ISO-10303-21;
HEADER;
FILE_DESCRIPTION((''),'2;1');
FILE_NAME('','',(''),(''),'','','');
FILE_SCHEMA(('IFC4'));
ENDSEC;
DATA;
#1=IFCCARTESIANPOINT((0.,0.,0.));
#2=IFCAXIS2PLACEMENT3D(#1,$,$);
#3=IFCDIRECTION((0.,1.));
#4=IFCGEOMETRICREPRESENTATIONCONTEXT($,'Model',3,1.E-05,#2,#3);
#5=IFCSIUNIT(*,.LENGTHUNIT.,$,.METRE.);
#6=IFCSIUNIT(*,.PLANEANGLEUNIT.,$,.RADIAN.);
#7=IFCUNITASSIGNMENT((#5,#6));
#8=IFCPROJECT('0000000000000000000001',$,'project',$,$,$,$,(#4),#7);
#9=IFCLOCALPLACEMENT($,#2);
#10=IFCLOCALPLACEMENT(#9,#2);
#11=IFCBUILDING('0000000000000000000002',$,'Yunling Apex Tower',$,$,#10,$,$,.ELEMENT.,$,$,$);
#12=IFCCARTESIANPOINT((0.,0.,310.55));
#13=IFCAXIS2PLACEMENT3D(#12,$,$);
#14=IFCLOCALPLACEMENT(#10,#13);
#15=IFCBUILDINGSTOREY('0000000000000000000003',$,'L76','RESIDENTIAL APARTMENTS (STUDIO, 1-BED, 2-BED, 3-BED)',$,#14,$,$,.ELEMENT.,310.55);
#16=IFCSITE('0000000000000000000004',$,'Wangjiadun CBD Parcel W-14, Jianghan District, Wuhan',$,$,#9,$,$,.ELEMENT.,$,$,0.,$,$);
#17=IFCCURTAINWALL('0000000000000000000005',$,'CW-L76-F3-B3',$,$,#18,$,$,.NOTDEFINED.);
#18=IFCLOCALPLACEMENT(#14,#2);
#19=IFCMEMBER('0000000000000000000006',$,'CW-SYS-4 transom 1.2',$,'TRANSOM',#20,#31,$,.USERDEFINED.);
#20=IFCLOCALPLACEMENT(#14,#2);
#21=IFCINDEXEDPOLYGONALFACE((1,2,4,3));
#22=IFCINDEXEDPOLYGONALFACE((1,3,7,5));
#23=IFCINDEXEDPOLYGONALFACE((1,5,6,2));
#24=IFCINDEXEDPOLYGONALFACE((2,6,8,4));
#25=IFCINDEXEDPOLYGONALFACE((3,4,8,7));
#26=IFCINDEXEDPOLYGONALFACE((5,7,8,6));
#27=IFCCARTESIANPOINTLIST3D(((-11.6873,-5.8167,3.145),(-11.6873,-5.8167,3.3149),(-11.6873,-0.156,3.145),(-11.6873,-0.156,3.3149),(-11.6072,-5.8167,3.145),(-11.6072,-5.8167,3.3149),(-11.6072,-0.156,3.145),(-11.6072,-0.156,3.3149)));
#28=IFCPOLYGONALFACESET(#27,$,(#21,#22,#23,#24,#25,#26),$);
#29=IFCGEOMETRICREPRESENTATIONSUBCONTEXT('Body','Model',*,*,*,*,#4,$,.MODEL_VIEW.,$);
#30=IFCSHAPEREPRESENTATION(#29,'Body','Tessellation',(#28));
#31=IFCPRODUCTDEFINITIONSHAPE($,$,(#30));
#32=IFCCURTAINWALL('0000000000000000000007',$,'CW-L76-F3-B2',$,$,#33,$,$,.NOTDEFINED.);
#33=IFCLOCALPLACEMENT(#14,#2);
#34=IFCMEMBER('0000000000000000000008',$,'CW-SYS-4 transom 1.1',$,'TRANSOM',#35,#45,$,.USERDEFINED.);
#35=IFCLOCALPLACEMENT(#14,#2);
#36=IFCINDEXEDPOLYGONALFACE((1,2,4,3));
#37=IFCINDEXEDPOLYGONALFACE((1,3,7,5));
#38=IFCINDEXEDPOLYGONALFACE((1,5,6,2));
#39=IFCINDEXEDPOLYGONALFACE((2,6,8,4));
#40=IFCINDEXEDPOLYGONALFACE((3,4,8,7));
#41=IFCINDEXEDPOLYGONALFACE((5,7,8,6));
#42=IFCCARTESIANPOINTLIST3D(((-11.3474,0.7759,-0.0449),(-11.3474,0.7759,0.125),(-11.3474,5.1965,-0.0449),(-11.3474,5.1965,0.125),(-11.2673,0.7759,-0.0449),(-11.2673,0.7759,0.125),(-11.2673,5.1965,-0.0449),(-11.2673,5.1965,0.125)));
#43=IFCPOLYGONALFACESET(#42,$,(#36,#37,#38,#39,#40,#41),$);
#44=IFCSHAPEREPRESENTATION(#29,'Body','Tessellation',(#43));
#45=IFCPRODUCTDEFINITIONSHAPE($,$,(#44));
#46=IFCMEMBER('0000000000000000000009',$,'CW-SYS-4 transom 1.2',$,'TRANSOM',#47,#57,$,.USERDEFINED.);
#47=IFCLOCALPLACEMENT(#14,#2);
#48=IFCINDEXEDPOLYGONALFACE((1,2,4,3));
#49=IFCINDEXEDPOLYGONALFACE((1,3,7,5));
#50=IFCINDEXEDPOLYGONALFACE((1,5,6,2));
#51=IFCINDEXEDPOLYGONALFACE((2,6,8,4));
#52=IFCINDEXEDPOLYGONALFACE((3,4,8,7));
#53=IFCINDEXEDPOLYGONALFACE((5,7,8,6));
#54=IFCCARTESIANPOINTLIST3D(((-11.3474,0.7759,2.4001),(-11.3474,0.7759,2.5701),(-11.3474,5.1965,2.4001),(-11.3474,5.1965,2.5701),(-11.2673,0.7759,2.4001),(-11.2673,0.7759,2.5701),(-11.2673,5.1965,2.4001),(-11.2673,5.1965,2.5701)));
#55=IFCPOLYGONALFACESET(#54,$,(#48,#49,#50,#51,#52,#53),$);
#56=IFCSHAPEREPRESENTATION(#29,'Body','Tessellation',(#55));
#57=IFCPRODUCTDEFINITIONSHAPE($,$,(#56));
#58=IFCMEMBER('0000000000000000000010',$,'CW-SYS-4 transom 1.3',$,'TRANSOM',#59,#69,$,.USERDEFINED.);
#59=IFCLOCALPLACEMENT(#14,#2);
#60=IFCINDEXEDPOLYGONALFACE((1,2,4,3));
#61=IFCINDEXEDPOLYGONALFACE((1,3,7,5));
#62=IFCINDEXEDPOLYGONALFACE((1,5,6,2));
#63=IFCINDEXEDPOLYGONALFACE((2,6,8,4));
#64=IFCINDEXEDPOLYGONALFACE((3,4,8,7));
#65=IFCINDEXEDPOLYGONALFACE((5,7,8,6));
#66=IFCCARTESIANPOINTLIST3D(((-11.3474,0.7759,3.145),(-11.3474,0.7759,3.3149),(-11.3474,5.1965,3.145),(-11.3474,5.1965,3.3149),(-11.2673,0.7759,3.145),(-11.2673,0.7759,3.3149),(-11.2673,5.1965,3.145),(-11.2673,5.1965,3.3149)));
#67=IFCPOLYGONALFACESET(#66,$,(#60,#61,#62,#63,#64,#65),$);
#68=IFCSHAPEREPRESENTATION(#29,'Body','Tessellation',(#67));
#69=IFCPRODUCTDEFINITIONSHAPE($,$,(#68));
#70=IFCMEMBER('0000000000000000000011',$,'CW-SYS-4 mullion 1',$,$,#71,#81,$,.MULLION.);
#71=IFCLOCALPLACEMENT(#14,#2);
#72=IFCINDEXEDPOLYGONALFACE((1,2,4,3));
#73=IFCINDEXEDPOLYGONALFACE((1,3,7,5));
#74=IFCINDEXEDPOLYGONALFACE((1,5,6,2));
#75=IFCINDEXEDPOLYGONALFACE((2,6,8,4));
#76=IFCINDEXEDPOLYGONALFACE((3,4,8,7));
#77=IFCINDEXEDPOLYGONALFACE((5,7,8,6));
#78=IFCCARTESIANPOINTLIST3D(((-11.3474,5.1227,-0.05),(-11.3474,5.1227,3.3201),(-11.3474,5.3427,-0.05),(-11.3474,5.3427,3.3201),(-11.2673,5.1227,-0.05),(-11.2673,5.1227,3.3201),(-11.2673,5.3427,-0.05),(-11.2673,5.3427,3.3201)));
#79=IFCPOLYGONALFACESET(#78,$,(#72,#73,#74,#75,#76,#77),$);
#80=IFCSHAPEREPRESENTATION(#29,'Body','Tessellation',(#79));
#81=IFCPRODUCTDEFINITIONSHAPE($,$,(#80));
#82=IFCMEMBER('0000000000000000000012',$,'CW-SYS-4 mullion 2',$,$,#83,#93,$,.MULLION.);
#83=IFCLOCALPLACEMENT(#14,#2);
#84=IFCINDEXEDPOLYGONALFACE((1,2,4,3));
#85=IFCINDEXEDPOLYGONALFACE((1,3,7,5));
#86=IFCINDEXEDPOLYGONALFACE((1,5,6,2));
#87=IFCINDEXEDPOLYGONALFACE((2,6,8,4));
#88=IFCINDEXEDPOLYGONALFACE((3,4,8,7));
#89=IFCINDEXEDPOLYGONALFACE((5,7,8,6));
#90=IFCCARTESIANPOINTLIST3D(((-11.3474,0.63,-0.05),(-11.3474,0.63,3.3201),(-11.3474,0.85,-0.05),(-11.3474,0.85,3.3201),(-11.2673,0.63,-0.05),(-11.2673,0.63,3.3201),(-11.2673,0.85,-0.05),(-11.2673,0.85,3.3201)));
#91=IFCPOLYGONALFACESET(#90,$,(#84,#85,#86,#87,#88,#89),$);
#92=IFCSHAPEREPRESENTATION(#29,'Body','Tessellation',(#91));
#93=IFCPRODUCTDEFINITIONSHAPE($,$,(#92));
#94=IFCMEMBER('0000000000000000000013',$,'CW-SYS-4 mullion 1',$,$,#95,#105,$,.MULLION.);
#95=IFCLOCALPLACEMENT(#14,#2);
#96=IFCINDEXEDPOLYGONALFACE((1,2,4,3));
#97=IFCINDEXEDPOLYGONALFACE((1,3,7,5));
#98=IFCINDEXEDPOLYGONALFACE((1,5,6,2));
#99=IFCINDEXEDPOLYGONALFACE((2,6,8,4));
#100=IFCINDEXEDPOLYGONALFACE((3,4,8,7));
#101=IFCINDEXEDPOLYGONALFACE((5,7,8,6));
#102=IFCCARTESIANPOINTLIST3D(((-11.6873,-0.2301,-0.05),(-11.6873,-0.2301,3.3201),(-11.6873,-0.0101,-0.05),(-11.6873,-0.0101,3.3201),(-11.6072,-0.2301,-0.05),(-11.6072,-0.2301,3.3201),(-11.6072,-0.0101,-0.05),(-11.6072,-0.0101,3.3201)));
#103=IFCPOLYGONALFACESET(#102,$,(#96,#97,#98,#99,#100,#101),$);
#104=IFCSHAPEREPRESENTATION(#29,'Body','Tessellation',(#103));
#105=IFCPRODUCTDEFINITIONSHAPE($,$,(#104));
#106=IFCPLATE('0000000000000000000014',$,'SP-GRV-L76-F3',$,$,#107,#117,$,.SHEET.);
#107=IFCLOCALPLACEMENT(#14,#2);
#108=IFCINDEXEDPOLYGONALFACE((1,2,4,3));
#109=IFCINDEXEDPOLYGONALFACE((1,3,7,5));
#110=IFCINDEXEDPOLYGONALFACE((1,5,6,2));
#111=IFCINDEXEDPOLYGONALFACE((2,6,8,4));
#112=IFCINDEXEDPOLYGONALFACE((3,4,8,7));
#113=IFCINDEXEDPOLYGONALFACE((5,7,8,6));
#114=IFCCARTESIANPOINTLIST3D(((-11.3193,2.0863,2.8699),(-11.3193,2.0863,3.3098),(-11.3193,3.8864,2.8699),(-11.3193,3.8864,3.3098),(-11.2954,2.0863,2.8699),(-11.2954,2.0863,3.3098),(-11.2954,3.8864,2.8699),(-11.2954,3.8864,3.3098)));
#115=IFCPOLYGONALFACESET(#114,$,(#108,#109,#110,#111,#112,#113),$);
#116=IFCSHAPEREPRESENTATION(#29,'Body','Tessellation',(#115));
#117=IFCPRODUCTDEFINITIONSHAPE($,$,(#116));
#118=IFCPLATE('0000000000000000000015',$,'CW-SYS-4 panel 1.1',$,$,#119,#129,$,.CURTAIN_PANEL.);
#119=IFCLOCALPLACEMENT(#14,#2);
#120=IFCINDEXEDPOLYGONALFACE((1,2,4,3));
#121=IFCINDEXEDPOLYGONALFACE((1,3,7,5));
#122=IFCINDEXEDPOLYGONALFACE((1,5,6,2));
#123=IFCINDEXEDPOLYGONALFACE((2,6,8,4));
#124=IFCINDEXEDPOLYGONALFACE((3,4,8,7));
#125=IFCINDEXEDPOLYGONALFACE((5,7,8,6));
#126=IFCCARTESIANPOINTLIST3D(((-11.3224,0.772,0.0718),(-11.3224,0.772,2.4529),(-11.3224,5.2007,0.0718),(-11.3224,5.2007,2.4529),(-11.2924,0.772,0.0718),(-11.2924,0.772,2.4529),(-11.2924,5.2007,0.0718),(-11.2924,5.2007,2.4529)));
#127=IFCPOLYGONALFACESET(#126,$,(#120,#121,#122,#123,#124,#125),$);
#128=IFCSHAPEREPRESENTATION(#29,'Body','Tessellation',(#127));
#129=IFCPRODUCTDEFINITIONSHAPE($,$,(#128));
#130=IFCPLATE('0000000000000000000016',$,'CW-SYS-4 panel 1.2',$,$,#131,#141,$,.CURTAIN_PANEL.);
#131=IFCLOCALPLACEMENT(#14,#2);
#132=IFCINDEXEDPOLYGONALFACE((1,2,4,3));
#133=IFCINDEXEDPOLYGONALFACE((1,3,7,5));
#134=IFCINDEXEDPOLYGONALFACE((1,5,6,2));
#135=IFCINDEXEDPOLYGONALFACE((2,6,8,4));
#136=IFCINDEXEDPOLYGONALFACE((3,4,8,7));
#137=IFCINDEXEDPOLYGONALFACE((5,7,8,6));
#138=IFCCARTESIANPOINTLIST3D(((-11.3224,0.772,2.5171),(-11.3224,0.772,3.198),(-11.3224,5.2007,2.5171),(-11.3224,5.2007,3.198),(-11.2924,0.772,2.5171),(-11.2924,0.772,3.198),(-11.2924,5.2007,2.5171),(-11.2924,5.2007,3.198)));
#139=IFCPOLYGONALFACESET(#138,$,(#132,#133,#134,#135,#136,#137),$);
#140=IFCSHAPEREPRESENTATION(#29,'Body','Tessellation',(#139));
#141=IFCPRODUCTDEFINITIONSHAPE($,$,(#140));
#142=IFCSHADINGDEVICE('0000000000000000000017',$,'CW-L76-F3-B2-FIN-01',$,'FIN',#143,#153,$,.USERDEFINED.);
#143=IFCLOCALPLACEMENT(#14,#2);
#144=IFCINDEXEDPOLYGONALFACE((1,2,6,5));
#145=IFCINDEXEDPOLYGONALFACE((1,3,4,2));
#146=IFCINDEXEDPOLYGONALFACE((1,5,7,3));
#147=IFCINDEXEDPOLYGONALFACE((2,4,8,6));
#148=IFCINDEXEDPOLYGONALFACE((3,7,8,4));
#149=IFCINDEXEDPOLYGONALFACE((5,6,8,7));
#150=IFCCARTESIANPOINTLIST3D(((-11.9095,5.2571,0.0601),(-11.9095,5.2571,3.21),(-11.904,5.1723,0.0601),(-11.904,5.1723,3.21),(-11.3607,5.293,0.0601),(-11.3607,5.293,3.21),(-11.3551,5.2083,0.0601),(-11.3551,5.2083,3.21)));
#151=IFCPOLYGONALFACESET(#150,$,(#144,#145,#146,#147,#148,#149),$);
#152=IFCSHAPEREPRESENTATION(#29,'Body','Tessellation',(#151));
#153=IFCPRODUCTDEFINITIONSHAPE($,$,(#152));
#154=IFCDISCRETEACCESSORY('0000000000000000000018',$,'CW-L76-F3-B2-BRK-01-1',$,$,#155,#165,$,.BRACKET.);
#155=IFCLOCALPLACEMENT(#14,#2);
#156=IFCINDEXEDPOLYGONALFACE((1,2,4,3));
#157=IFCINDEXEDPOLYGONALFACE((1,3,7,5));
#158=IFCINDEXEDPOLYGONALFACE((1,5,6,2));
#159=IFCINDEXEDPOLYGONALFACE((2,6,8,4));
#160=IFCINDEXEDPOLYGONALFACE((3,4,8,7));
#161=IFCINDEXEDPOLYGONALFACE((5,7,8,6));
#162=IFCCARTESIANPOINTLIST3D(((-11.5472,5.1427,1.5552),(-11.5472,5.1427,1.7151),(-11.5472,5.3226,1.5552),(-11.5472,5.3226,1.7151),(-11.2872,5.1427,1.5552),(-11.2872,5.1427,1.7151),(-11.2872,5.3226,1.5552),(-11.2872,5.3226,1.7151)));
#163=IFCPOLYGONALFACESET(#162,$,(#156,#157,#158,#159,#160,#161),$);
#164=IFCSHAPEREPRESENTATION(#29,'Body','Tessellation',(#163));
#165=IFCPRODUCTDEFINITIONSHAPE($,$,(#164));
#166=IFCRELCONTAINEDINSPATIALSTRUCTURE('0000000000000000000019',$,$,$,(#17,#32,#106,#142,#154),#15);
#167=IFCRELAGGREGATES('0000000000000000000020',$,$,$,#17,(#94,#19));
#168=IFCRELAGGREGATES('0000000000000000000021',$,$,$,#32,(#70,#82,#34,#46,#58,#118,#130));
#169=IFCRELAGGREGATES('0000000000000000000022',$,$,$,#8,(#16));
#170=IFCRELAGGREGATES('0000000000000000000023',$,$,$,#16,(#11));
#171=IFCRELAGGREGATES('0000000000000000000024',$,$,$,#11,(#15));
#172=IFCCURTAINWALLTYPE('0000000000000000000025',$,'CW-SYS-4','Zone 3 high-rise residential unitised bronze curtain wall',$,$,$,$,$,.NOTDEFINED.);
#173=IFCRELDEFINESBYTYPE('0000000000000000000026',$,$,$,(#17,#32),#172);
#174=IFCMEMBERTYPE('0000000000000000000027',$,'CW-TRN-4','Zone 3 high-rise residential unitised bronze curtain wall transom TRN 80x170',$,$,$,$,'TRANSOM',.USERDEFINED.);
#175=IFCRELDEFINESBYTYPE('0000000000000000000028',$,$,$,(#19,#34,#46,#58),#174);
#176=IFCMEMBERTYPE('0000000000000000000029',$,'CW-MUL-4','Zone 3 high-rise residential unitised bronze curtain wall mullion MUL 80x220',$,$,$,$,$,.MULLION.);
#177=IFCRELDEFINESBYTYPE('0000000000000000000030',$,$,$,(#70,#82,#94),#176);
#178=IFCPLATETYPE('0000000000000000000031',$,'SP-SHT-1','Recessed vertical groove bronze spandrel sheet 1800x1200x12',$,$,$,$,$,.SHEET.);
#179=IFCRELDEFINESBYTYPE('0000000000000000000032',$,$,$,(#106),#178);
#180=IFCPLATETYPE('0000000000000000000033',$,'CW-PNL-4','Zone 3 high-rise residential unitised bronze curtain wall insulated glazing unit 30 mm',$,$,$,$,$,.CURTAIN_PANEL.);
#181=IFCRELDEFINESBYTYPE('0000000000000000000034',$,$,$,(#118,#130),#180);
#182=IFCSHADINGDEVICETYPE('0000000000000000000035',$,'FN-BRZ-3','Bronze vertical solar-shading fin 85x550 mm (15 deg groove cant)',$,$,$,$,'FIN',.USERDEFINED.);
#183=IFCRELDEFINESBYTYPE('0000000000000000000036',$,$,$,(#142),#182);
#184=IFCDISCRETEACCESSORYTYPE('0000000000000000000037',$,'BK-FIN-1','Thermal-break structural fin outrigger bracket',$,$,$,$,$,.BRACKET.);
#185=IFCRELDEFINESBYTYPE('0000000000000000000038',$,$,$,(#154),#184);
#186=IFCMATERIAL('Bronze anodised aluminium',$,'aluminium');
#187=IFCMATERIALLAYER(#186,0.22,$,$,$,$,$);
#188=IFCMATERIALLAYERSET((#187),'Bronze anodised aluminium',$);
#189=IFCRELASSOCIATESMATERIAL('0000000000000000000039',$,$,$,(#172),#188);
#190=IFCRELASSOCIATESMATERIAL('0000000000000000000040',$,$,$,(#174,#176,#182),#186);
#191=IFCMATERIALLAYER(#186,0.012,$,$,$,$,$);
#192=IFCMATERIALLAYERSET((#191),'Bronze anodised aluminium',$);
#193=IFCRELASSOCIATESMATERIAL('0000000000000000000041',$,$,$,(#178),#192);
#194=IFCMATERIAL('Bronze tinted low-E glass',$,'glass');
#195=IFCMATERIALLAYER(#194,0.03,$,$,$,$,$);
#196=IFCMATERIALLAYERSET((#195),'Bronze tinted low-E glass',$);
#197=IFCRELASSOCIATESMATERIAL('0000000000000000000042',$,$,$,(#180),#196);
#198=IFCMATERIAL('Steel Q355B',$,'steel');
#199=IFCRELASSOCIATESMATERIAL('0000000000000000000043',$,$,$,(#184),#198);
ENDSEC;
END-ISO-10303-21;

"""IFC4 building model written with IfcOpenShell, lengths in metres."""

from ifc_helpers import new_model, si_unit, direction, frame, origin, origin_2d, place, context, subcontext, project, spatial, rectangle, extrude, source, transform, mapped, material, layer, layer_set, material_profile, profile_set, type_object, element, aggregate, save


model = new_model("IFC4")

# Units and contexts
model_context = context("Model", 3, precision=1e-05, world=origin(), true_north=direction((0.0, 1.0)))
body_context = subcontext(model_context, "Body", "Model", "MODEL_VIEW")
ifc_project = project(units=[si_unit("LENGTHUNIT", "METRE"), si_unit("PLANEANGLEUNIT", "RADIAN")], contexts=[model_context])

# Site, building, storey
site_placement = place(None, origin())
site = spatial("IfcSite", under=ifc_project, at=site_placement, Name="Wangjiadun CBD Parcel W-14, Jianghan District, Wuhan", CompositionType="ELEMENT", RefElevation=0.0)
building_placement = place(site_placement, origin())
building = spatial("IfcBuilding", under=site, at=building_placement, Name="Yunling Apex Tower", CompositionType="ELEMENT")
storey_placement = place(building_placement, frame((0.0, 0.0, 310.55)))
storey = spatial("IfcBuildingStorey", under=building, at=storey_placement, Name="L76", Description="RESIDENTIAL APARTMENTS (STUDIO, 1-BED, 2-BED, 3-BED)", CompositionType="ELEMENT", Elevation=310.55)

# Shared definitions
ifc_material_1 = material(Name="Steel Q355B", Category="steel")

# Curtain walls, members
ifc_material_2 = material(Name="Bronze anodised aluminium", Category="aluminium")
ifc_layer_1 = layer(ifc_material_2, 0.22)
ifc_layer_set_1 = layer_set([ifc_layer_1], Name="Bronze anodised aluminium")
curtain_wall_type = type_object("IfcCurtainWallType", Name="CW-SYS-4", Description="Zone 3 high-rise residential unitised bronze curtain wall", PredefinedType="NOTDEFINED", material=ifc_layer_set_1)
curtain_wall_1_placement = place(storey_placement, origin())
curtain_wall_1 = element("IfcCurtainWall", 1, at=curtain_wall_1_placement, inside=storey, type_object=curtain_wall_type, Name="CW-L76-F3-B3", PredefinedType="NOTDEFINED")
ifc_material_profile_1 = material_profile(ifc_material_2, rectangle(XDim=0.0801, YDim=0.1699, at=origin_2d()))
ifc_profile_set_1 = profile_set([ifc_material_profile_1], Name="Bronze anodised aluminium")
member_type_1 = type_object("IfcMemberType", Name="CW-TRN-4", Description="Zone 3 high-rise residential unitised bronze curtain wall transom TRN 80x170", ElementType="TRANSOM", PredefinedType="USERDEFINED", material=ifc_profile_set_1)
shared_shape_1 = source(origin(), body_context, "Body", "SweptSolid", [
    extrude(rectangle(XDim=0.0801, YDim=0.1699, at=origin_2d()), origin(), (0.0, 0.0, 1.0), 5.6606),
])
member_1_placement = place(storey_placement, frame((-11.6472, -0.156, 3.23), z_axis=(0.0, -1.0, 0.0), x_axis=(1.0, 0.0, 0.0)))
member_1 = element("IfcMember", 2, at=member_1_placement, type_object=member_type_1, Name="CW-SYS-4 transom 1.2", ObjectType="TRANSOM", PredefinedType="USERDEFINED", context=body_context, shape_type="MappedRepresentation", body=[
    mapped(shared_shape_1, transform((0.0, 0.0, 0.0), scale=1.0)),
])
curtain_wall_2_placement = place(storey_placement, origin())
curtain_wall_2 = element("IfcCurtainWall", 3, at=curtain_wall_2_placement, inside=storey, type_object=curtain_wall_type, Name="CW-L76-F3-B2", PredefinedType="NOTDEFINED")
shared_shape_2 = source(origin(), body_context, "Body", "SweptSolid", [
    extrude(rectangle(XDim=0.0801, YDim=0.1699, at=origin_2d()), origin(), (0.0, 0.0, 1.0), 4.4207),
])
member_2_placement = place(storey_placement, frame((-11.3074, 5.1965, 0.04), z_axis=(0.0, -1.0, 0.0), x_axis=(1.0, 0.0, 0.0)))
member_2 = element("IfcMember", 4, at=member_2_placement, type_object=member_type_1, Name="CW-SYS-4 transom 1.1", ObjectType="TRANSOM", PredefinedType="USERDEFINED", context=body_context, shape_type="MappedRepresentation", body=[
    mapped(shared_shape_2, transform((0.0, 0.0, 0.0), scale=1.0)),
])
member_3_placement = place(storey_placement, frame((-11.3074, 5.1965, 2.4851), z_axis=(0.0, -1.0, 0.0), x_axis=(1.0, 0.0, 0.0)))
member_3 = element("IfcMember", 5, at=member_3_placement, type_object=member_type_1, Name="CW-SYS-4 transom 1.2", ObjectType="TRANSOM", PredefinedType="USERDEFINED", context=body_context, shape_type="MappedRepresentation", body=[
    mapped(shared_shape_2, transform((0.0, 0.0, 0.0), scale=1.0)),
])
member_4_placement = place(storey_placement, frame((-11.3074, 5.1965, 3.23), z_axis=(0.0, -1.0, 0.0), x_axis=(1.0, 0.0, 0.0)))
member_4 = element("IfcMember", 6, at=member_4_placement, type_object=member_type_1, Name="CW-SYS-4 transom 1.3", ObjectType="TRANSOM", PredefinedType="USERDEFINED", context=body_context, shape_type="MappedRepresentation", body=[
    mapped(shared_shape_2, transform((0.0, 0.0, 0.0), scale=1.0)),
])
ifc_material_profile_2 = material_profile(ifc_material_2, rectangle(XDim=0.0801, YDim=0.22, at=origin_2d()))
ifc_profile_set_2 = profile_set([ifc_material_profile_2], Name="Bronze anodised aluminium")
member_type_2 = type_object("IfcMemberType", Name="CW-MUL-4", Description="Zone 3 high-rise residential unitised bronze curtain wall mullion MUL 80x220", PredefinedType="MULLION", material=ifc_profile_set_2)
shared_shape_3 = source(origin(), body_context, "Body", "SweptSolid", [
    extrude(rectangle(XDim=0.0801, YDim=0.22, at=origin_2d()), origin(), (0.0, 0.0, 1.0), 3.3701),
])
member_5_placement = place(storey_placement, frame((-11.3074, 5.2327, -0.05), z_axis=(0.0, 0.0, 1.0), x_axis=(1.0, 0.0, 0.0)))
member_5 = element("IfcMember", 7, at=member_5_placement, type_object=member_type_2, Name="CW-SYS-4 mullion 1", PredefinedType="MULLION", context=body_context, shape_type="MappedRepresentation", body=[
    mapped(shared_shape_3, transform((0.0, 0.0, 0.0), scale=1.0)),
])
member_6_placement = place(storey_placement, frame((-11.3074, 0.74, -0.05), z_axis=(0.0, 0.0, 1.0), x_axis=(1.0, 0.0, 0.0)))
member_6 = element("IfcMember", 8, at=member_6_placement, type_object=member_type_2, Name="CW-SYS-4 mullion 2", PredefinedType="MULLION", context=body_context, shape_type="MappedRepresentation", body=[
    mapped(shared_shape_3, transform((0.0, 0.0, 0.0), scale=1.0)),
])

# Member
member_7_placement = place(storey_placement, frame((-11.6472, -0.1201, -0.05), z_axis=(0.0, 0.0, 1.0), x_axis=(1.0, 0.0, 0.0)))
member_7 = element("IfcMember", 9, at=member_7_placement, type_object=member_type_2, Name="CW-SYS-4 mullion 1", PredefinedType="MULLION", context=body_context, shape_type="MappedRepresentation", body=[
    mapped(shared_shape_3, transform((0.0, 0.0, 0.0), scale=1.0)),
])
aggregate(curtain_wall_1, [member_7, member_1])

# Plates
ifc_layer_2 = layer(ifc_material_2, 0.012)
ifc_layer_set_2 = layer_set([ifc_layer_2], Name="Bronze anodised aluminium")
plate_type_1 = type_object("IfcPlateType", Name="SP-SHT-1", Description="Recessed vertical groove bronze spandrel sheet 1800x1200x12", PredefinedType="SHEET", material=ifc_layer_set_2)
shared_shape_4 = source(origin(), body_context, "Body", "SweptSolid", [
    extrude(rectangle(XDim=1.8, YDim=0.0239, at=origin_2d()), origin(), (0.0, 0.0, 1.0), 0.4399),
])
plate_1_placement = place(storey_placement, frame((-11.3074, 2.9863, 2.8699), z_axis=(0.0, 0.0, 1.0), x_axis=(0.0, -1.0, 0.0)))
element("IfcPlate", 10, at=plate_1_placement, inside=storey, type_object=plate_type_1, Name="SP-GRV-L76-F3", PredefinedType="SHEET", context=body_context, shape_type="MappedRepresentation", body=[
    mapped(shared_shape_4, transform((0.0, 0.0, 0.0), scale=1.0)),
])
ifc_material_3 = material(Name="Bronze tinted low-E glass", Category="glass")
ifc_layer_3 = layer(ifc_material_3, 0.03)
ifc_layer_set_3 = layer_set([ifc_layer_3], Name="Bronze tinted low-E glass")
plate_type_2 = type_object("IfcPlateType", Name="CW-PNL-4", Description="Zone 3 high-rise residential unitised bronze curtain wall insulated glazing unit 30 mm", PredefinedType="CURTAIN_PANEL", material=ifc_layer_set_3)
shared_shape_5 = source(origin(), body_context, "Body", "SweptSolid", [
    extrude(rectangle(XDim=4.4287, YDim=0.03, at=origin_2d()), origin(), (0.0, 0.0, 1.0), 2.3811),
])
plate_2_placement = place(storey_placement, frame((-11.3074, 2.9863, 0.0718), z_axis=(0.0, 0.0, 1.0), x_axis=(0.0, -1.0, 0.0)))
plate_2 = element("IfcPlate", 11, at=plate_2_placement, type_object=plate_type_2, Name="CW-SYS-4 panel 1.1", PredefinedType="CURTAIN_PANEL", context=body_context, shape_type="MappedRepresentation", body=[
    mapped(shared_shape_5, transform((0.0, 0.0, 0.0), scale=1.0)),
])
shared_shape_6 = source(origin(), body_context, "Body", "SweptSolid", [
    extrude(rectangle(XDim=4.4287, YDim=0.03, at=origin_2d()), origin(), (0.0, 0.0, 1.0), 0.6809),
])
plate_3_placement = place(storey_placement, frame((-11.3074, 2.9863, 2.5171), z_axis=(0.0, 0.0, 1.0), x_axis=(0.0, -1.0, 0.0)))
plate_3 = element("IfcPlate", 12, at=plate_3_placement, type_object=plate_type_2, Name="CW-SYS-4 panel 1.2", PredefinedType="CURTAIN_PANEL", context=body_context, shape_type="MappedRepresentation", body=[
    mapped(shared_shape_6, transform((0.0, 0.0, 0.0), scale=1.0)),
])
aggregate(curtain_wall_2, [member_5, member_6, member_2, member_3, member_4, plate_2, plate_3])

# Shading device
ifc_material_profile_3 = material_profile(ifc_material_2, rectangle(XDim=0.085, YDim=0.55, at=origin_2d()))
ifc_profile_set_3 = profile_set([ifc_material_profile_3], Name="Bronze anodised aluminium")
shading_device_type = type_object("IfcShadingDeviceType", Name="FN-BRZ-3", Description="Bronze vertical solar-shading fin 85x550 mm (15 deg groove cant)", ElementType="FIN", PredefinedType="USERDEFINED", material=ifc_profile_set_3)
shared_shape_7 = source(origin(), body_context, "Body", "SweptSolid", [
    extrude(rectangle(XDim=0.085, YDim=0.55, at=origin_2d()), origin(), (0.0, 0.0, 1.0), 3.1499),
])
shading_device_placement = place(storey_placement, frame((-11.6323, 5.2327, 0.0601), z_axis=(0.0, 0.0, 1.0), x_axis=(0.065403, -0.997859, 0.0)))
element("IfcShadingDevice", 13, at=shading_device_placement, inside=storey, type_object=shading_device_type, Name="CW-L76-F3-B2-FIN-01", ObjectType="FIN", PredefinedType="USERDEFINED", context=body_context, shape_type="MappedRepresentation", body=[
    mapped(shared_shape_7, transform((0.0, 0.0, 0.0), scale=1.0)),
])

# Discrete accessory
discrete_accessory_type = type_object("IfcDiscreteAccessoryType", Name="BK-FIN-1", Description="Thermal-break structural fin outrigger bracket", PredefinedType="BRACKET", material=ifc_material_1)
shared_shape_8 = source(origin(), body_context, "Body", "SweptSolid", [
    extrude(rectangle(XDim=0.1799, YDim=0.26, at=origin_2d()), origin(), (0.0, 0.0, 1.0), 0.1599),
])
discrete_accessory_placement = place(storey_placement, frame((-11.4172, 5.2327, 1.5552), z_axis=(0.0, 0.0, 1.0), x_axis=(0.0, -1.0, 0.0)))
element("IfcDiscreteAccessory", 14, at=discrete_accessory_placement, inside=storey, type_object=discrete_accessory_type, Name="CW-L76-F3-B2-BRK-01-1", PredefinedType="BRACKET", context=body_context, shape_type="MappedRepresentation", body=[
    mapped(shared_shape_8, transform((0.0, 0.0, 0.0), scale=1.0)),
])

save(model, "model.ifc")
